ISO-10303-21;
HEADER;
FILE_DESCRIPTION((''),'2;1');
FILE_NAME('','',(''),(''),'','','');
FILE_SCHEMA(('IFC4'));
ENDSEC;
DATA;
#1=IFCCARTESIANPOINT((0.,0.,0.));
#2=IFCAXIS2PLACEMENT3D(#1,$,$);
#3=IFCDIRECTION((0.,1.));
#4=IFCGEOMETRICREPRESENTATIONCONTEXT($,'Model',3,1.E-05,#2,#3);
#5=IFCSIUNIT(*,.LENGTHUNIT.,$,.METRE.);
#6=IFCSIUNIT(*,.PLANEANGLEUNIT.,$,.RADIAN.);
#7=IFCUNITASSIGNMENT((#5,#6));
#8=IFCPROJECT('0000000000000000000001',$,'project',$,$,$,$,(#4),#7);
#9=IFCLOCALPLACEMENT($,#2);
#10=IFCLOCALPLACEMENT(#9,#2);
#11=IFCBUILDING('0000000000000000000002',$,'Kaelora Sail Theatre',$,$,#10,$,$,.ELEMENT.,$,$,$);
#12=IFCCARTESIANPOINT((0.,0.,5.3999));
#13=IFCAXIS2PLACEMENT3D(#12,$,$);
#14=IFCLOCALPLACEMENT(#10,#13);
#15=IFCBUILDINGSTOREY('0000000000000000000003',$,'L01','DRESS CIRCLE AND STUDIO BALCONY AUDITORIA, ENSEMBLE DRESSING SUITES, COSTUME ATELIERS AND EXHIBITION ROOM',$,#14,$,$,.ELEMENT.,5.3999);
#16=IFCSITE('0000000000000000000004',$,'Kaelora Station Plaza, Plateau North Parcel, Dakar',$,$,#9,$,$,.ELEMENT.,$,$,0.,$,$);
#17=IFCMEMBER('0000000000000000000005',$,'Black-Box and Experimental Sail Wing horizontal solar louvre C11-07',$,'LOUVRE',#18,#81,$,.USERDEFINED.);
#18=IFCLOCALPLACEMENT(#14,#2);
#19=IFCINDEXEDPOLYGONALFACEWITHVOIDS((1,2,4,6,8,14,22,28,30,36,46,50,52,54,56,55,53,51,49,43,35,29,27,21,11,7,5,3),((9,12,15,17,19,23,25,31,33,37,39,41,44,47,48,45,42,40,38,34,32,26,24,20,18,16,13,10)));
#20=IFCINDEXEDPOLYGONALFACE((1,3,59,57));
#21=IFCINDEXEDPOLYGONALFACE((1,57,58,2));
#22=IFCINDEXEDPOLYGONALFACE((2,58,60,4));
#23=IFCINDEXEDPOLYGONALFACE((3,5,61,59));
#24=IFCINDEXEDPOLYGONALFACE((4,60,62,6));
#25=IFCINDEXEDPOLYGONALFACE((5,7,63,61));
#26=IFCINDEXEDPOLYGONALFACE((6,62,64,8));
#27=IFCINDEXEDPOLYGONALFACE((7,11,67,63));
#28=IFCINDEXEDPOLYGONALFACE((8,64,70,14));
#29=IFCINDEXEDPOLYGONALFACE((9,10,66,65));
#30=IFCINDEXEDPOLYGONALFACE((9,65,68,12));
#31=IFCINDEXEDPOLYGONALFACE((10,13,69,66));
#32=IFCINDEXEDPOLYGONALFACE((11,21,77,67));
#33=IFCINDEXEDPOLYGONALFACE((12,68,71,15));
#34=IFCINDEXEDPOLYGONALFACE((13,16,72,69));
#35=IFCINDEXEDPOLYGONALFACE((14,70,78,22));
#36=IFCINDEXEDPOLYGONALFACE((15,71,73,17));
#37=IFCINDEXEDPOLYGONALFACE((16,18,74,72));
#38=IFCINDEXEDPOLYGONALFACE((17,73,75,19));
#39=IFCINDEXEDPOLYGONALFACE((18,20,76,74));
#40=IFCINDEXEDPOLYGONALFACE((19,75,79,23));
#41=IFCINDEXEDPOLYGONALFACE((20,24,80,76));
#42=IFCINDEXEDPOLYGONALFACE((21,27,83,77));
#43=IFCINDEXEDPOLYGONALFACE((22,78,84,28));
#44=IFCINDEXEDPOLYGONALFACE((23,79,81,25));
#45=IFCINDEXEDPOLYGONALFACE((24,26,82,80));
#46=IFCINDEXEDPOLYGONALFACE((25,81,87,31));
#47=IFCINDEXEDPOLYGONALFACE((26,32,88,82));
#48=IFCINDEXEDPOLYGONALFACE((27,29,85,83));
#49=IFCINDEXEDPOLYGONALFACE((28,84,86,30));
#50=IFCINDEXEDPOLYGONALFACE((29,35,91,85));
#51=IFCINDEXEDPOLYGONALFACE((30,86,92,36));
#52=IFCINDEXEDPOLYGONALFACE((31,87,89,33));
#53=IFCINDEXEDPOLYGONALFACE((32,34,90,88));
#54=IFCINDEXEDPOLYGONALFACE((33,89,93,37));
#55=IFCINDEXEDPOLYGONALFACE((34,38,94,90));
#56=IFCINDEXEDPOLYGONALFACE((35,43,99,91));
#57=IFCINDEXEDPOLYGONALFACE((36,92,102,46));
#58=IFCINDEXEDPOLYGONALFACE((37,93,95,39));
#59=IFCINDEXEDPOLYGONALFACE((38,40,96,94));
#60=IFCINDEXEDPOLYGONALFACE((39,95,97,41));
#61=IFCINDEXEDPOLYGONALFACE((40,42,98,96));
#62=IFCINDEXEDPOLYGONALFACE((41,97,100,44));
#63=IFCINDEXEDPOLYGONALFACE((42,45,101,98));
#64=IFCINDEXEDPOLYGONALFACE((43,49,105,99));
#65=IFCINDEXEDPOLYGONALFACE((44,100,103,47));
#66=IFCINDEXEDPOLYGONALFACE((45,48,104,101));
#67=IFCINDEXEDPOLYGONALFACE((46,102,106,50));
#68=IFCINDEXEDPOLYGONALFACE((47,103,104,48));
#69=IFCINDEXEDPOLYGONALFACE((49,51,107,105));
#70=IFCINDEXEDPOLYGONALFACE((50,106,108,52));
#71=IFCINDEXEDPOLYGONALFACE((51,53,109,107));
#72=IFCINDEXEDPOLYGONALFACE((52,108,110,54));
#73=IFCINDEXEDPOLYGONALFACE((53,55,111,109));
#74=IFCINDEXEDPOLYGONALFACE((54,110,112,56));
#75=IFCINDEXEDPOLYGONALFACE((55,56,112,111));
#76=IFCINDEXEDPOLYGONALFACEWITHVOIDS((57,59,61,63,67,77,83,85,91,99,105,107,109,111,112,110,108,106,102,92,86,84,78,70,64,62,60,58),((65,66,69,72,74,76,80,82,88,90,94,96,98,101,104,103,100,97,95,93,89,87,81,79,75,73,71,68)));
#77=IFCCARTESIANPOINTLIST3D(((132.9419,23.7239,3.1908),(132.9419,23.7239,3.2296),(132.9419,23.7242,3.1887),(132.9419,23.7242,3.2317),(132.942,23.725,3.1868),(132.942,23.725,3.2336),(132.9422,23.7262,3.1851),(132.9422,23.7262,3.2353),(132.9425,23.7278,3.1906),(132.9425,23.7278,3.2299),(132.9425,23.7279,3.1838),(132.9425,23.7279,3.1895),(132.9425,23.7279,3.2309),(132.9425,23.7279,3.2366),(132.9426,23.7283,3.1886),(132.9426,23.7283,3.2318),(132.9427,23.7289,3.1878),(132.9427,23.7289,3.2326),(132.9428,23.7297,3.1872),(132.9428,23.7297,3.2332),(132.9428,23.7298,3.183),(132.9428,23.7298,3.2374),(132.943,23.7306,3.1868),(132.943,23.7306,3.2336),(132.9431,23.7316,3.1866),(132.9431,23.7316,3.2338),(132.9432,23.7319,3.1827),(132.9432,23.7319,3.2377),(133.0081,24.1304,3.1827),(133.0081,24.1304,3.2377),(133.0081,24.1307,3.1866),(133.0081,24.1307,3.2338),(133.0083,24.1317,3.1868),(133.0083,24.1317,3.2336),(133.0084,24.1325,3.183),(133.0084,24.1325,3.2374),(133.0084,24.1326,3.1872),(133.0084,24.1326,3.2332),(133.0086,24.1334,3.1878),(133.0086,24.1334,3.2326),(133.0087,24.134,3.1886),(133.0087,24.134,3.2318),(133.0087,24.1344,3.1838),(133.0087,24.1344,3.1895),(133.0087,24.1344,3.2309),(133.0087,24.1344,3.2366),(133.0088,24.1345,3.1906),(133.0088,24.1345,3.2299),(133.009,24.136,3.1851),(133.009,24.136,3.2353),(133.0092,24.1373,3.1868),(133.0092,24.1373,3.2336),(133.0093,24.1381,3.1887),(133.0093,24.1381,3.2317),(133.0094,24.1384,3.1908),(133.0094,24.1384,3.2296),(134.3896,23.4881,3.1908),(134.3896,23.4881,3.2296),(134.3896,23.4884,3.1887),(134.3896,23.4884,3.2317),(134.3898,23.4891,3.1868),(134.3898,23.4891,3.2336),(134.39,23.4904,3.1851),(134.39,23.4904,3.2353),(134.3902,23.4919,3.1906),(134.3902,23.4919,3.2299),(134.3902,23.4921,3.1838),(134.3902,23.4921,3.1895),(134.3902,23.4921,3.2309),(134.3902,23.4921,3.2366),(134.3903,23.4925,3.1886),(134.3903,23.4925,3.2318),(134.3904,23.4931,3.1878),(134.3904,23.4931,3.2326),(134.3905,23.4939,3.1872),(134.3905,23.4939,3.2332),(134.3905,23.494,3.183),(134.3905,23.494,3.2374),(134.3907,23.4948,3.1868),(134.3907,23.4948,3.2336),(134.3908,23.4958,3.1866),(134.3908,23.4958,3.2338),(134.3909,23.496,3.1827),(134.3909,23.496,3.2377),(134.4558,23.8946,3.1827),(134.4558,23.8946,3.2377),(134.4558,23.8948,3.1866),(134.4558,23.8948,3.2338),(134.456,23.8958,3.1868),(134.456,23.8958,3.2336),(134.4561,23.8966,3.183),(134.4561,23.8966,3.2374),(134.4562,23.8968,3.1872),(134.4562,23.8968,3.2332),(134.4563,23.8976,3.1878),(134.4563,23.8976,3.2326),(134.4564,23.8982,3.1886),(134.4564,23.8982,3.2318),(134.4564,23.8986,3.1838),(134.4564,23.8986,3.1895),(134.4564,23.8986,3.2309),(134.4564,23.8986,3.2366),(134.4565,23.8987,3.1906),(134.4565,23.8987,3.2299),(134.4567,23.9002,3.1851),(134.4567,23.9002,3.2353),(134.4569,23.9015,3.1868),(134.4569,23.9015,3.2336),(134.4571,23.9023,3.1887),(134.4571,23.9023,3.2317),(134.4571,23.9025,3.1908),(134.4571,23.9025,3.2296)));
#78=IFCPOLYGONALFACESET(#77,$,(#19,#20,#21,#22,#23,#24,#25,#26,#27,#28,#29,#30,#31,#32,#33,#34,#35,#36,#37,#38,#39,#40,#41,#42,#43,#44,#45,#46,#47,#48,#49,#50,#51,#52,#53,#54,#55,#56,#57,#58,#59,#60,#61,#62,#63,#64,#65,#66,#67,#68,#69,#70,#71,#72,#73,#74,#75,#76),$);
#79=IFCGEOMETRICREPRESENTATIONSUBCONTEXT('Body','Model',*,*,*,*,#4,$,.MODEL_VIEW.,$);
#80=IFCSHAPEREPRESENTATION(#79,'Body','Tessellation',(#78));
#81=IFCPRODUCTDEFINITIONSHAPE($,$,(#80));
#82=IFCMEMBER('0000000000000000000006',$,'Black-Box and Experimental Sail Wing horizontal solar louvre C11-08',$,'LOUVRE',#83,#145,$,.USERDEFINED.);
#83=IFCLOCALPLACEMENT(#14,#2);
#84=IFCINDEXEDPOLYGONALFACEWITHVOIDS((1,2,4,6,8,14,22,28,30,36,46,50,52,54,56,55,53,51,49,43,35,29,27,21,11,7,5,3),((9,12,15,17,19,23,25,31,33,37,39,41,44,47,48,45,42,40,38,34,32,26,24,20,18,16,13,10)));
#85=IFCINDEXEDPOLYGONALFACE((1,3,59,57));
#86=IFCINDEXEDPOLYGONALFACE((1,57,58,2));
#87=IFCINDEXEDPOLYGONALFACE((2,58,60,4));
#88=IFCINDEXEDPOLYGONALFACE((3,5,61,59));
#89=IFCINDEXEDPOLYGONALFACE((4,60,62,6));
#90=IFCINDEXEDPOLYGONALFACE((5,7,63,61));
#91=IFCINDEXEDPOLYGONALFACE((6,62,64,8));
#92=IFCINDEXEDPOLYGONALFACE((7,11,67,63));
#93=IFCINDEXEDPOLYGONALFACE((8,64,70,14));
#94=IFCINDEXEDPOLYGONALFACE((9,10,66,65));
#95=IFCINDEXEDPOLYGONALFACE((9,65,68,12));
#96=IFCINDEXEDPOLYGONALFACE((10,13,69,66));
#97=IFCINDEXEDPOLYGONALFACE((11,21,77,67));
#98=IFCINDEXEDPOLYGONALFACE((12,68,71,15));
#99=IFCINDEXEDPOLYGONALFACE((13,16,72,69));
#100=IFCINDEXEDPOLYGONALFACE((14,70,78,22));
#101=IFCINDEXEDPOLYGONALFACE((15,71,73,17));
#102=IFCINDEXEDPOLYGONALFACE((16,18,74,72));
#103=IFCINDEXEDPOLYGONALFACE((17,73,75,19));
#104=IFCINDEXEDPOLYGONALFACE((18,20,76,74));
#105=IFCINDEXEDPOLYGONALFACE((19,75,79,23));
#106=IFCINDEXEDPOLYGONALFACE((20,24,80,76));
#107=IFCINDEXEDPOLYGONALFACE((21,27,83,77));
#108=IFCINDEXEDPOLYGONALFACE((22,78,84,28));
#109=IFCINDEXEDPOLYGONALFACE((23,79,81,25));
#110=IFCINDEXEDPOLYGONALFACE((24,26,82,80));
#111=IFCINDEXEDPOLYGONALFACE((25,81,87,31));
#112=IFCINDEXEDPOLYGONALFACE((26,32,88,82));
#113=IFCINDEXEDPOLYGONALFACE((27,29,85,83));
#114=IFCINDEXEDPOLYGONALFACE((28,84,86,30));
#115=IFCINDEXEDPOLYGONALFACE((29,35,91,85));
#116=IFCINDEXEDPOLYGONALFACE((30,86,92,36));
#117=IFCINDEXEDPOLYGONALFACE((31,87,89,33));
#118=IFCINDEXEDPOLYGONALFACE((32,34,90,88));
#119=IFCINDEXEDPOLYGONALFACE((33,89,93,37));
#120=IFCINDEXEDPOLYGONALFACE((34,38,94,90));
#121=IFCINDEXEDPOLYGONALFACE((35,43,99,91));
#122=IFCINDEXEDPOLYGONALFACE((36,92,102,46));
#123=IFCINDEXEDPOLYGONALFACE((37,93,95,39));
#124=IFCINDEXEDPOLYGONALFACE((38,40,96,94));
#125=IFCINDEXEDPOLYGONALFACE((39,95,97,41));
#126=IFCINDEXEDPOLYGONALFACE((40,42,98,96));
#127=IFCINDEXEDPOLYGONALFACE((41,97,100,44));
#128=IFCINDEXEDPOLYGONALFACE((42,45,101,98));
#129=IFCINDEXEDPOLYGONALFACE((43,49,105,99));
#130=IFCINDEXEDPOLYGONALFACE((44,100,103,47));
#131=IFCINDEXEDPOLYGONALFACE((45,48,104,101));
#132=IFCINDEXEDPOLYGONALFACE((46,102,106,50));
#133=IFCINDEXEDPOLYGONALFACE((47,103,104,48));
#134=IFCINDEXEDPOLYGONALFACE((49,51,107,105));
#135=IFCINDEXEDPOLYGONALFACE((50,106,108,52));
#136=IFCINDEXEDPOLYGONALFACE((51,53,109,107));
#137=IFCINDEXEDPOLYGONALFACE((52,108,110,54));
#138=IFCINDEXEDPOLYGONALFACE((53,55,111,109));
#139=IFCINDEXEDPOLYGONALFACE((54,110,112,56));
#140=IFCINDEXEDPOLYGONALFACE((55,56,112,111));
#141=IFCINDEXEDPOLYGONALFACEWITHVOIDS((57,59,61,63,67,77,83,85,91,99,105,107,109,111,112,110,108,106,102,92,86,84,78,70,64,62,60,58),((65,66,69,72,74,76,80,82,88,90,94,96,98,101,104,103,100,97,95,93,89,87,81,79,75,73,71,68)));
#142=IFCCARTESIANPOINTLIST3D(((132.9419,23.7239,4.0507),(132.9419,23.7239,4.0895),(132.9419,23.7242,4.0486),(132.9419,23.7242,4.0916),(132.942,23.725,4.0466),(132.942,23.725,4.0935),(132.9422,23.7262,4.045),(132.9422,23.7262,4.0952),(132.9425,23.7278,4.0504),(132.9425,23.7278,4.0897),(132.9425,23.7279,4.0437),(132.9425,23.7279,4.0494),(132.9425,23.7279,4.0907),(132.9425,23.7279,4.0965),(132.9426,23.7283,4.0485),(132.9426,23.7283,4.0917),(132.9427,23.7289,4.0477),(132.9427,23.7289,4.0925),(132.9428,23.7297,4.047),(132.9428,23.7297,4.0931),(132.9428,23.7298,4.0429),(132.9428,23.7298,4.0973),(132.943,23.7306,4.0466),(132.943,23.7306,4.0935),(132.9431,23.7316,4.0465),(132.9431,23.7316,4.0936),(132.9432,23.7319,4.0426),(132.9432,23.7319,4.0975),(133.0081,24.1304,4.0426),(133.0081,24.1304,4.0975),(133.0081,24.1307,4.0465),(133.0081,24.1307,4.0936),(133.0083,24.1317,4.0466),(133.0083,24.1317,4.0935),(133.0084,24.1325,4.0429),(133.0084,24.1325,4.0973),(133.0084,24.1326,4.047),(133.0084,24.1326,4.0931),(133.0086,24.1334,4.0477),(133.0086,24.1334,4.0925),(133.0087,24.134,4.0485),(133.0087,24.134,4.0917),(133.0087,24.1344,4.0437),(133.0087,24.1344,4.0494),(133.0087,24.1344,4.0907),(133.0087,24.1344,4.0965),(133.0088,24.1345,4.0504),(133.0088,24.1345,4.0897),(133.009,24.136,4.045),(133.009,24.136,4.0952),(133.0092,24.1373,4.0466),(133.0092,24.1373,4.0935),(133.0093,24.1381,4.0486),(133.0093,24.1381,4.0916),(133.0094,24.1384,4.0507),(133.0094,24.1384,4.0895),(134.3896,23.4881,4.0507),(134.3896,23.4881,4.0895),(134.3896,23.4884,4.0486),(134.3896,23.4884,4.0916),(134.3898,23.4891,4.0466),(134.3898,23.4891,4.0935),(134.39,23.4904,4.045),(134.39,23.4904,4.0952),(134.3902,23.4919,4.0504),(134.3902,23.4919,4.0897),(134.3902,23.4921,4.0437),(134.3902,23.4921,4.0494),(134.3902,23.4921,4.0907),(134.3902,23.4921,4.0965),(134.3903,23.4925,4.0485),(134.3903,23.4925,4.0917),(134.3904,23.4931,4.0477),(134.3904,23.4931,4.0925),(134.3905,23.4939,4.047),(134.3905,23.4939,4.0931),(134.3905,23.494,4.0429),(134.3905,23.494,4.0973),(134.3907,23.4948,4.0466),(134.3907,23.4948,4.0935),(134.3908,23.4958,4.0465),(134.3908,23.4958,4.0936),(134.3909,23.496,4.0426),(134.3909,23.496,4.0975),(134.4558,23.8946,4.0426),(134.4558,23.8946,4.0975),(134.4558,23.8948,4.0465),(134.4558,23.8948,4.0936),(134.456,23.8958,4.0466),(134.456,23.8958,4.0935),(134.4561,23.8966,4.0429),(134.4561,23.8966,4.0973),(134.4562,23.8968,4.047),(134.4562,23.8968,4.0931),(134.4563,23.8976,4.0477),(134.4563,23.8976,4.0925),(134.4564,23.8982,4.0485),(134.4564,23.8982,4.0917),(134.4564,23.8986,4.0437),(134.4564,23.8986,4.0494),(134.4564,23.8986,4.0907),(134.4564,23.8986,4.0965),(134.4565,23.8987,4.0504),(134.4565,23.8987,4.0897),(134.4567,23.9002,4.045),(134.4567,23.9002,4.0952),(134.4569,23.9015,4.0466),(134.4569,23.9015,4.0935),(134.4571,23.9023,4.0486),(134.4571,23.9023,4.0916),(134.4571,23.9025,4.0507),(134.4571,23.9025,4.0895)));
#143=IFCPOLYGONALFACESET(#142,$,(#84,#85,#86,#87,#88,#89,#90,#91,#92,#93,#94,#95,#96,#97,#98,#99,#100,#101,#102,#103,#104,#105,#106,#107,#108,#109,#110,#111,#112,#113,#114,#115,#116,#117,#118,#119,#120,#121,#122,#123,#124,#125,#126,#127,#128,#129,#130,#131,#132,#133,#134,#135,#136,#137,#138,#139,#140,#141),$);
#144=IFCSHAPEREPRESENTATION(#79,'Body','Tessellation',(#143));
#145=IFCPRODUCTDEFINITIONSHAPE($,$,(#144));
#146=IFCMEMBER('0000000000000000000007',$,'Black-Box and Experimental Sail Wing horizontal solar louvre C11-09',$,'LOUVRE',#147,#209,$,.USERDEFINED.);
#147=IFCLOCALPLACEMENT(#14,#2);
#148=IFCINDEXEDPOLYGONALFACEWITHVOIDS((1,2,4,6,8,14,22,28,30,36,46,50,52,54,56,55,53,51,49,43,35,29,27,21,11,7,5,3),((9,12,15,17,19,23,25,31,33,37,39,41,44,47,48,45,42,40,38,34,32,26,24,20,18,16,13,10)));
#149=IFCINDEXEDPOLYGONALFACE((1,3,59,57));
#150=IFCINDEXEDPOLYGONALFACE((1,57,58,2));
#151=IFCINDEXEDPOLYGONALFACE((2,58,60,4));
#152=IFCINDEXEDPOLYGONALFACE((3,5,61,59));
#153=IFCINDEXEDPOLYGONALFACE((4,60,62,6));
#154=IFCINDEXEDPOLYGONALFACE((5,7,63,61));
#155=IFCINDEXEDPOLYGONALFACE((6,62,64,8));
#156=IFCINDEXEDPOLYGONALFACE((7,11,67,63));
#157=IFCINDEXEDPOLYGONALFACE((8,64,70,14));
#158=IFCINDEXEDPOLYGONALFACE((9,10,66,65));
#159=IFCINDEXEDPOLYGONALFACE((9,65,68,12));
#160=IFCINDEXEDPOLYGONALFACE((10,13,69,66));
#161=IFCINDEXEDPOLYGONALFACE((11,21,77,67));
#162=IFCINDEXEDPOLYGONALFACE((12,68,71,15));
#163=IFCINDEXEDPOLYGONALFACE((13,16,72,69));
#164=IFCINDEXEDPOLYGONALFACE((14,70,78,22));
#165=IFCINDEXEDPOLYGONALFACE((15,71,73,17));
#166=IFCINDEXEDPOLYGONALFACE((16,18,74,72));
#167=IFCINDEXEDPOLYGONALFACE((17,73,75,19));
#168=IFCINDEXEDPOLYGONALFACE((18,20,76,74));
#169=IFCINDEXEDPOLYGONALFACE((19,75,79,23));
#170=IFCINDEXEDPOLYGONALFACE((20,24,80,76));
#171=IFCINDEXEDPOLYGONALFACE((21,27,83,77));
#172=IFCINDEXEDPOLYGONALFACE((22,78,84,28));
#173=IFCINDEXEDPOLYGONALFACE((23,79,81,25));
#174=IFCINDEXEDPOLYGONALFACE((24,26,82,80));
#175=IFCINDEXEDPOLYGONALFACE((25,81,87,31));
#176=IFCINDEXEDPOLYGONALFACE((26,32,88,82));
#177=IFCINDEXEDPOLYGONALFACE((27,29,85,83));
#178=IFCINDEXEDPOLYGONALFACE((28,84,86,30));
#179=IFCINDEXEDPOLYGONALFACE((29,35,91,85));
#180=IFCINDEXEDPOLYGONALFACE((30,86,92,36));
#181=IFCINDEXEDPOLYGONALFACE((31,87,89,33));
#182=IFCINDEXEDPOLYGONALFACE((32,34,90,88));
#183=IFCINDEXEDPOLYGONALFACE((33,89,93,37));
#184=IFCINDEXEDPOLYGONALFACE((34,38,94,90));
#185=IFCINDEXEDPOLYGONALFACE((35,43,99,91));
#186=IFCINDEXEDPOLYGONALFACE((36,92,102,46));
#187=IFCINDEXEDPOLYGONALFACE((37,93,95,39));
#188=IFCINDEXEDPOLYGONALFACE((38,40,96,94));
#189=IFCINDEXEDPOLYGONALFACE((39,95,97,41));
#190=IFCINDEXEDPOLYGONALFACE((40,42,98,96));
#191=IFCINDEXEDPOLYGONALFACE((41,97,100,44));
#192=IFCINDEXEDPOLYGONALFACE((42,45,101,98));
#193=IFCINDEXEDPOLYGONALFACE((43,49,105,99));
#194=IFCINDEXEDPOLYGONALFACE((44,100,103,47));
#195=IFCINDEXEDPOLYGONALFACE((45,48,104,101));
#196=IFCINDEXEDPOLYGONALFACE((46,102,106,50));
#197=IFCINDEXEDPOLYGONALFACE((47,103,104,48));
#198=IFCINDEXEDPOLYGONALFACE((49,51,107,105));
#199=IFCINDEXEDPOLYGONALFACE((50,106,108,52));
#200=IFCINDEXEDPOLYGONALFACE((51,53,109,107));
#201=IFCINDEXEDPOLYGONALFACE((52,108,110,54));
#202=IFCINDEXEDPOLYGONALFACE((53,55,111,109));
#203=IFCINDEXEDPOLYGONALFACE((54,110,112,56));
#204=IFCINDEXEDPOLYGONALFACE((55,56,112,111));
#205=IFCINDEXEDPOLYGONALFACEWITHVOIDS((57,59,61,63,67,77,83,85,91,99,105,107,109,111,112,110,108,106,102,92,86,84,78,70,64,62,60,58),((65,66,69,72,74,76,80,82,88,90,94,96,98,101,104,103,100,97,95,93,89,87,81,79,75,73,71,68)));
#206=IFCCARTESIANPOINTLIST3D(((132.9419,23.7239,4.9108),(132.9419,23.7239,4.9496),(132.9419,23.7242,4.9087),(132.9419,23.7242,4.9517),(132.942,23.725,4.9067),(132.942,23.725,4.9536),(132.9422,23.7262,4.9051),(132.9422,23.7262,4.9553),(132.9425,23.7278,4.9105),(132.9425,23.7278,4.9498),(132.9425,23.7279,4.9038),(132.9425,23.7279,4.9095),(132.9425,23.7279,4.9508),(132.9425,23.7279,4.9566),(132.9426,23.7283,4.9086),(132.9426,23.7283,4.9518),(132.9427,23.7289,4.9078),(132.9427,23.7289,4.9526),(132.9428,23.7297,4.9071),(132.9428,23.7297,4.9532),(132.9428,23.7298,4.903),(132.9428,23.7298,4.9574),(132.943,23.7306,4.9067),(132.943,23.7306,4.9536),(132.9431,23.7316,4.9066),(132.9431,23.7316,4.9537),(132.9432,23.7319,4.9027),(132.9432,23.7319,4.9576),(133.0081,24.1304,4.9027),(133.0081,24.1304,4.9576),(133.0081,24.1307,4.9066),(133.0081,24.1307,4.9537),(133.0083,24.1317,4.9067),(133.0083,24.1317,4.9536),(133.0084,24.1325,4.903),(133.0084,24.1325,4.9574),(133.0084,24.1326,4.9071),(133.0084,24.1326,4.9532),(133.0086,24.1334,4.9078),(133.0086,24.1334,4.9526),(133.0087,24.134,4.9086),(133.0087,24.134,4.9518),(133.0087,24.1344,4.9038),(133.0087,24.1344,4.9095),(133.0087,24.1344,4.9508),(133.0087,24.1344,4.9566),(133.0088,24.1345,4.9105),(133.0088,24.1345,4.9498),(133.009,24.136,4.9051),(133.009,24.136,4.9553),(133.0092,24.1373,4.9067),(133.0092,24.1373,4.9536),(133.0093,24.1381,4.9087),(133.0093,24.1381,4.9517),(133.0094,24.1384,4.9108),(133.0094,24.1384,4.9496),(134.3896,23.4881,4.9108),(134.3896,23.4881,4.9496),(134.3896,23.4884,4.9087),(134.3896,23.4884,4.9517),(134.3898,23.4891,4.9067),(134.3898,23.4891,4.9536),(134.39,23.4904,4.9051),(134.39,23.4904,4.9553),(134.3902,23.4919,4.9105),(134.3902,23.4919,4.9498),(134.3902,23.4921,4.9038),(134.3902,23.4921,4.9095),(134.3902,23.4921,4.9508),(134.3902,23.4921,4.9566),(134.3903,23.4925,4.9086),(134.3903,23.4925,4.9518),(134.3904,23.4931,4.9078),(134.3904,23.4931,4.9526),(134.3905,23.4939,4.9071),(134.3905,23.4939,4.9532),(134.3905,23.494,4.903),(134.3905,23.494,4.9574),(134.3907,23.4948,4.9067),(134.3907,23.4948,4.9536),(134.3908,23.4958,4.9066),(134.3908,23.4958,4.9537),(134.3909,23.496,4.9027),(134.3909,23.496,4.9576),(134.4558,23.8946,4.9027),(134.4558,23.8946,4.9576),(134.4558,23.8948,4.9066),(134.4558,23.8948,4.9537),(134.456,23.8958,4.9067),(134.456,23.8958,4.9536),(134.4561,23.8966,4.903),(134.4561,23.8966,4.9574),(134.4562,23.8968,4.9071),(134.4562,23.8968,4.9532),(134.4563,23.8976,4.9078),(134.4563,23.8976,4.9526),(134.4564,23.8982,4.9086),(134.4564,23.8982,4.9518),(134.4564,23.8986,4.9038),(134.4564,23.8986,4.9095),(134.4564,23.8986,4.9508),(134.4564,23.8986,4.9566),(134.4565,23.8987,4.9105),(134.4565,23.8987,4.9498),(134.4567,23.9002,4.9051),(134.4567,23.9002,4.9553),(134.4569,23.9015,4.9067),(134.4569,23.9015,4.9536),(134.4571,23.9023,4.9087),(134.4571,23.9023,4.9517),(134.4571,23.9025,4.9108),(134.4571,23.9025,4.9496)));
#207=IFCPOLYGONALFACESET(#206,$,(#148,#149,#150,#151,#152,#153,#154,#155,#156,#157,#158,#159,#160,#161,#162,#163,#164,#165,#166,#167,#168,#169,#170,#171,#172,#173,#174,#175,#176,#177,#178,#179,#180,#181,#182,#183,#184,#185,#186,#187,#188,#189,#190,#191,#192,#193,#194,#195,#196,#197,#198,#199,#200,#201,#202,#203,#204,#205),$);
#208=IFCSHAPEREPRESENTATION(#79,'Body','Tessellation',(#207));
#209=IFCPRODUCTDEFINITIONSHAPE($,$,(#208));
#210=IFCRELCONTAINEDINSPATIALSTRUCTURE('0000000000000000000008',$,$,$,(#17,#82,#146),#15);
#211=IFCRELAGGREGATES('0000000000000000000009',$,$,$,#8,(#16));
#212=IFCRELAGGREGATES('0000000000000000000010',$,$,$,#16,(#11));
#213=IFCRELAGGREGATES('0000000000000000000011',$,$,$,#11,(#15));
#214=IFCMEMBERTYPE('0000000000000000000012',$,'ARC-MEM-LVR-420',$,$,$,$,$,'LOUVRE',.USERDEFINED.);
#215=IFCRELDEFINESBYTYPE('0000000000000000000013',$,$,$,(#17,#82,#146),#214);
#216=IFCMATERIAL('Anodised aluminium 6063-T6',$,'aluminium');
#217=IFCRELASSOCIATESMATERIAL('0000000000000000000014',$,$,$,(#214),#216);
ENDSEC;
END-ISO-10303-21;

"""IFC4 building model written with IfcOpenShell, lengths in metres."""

from ifc_helpers import new_model, si_unit, direction, frame, origin, origin_2d, place, context, subcontext, project, spatial, hollow_rectangle, extrude, material, material_profile, profile_set, type_object, element, save


model = new_model("IFC4")

# Units and contexts
model_context = context("Model", 3, precision=1e-05, world=origin(), true_north=direction((0.0, 1.0)))
body_context = subcontext(model_context, "Body", "Model", "MODEL_VIEW")
ifc_project = project(units=[si_unit("LENGTHUNIT", "METRE"), si_unit("PLANEANGLEUNIT", "RADIAN")], contexts=[model_context])

# Site, building, storey
site_placement = place(None, origin())
site = spatial("IfcSite", under=ifc_project, at=site_placement, Name="Kaelora Station Plaza, Plateau North Parcel, Dakar", CompositionType="ELEMENT", RefElevation=0.0)
building_placement = place(site_placement, origin())
building = spatial("IfcBuilding", under=site, at=building_placement, Name="Kaelora Sail Theatre", CompositionType="ELEMENT")
storey_placement = place(building_placement, frame((0.0, 0.0, 5.3999)))
storey = spatial("IfcBuildingStorey", under=building, at=storey_placement, Name="L01", Description="DRESS CIRCLE AND STUDIO BALCONY AUDITORIA, ENSEMBLE DRESSING SUITES, COSTUME ATELIERS AND EXHIBITION ROOM", CompositionType="ELEMENT", Elevation=5.3999)

# Members
ifc_material_1 = material(Name="Anodised aluminium 6063-T6", Category="aluminium")
ifc_material_profile_1 = material_profile(ifc_material_1, hollow_rectangle(XDim=0.4199, YDim=0.0549, WallThickness=0.0039, InnerFilletRadius=0.0039, OuterFilletRadius=0.0081, at=origin_2d()), Name="LOUVRE 420x55x4")
ifc_profile_set_1 = profile_set([ifc_material_profile_1], Name="Anodised aluminium 6063-T6")
member_type = type_object("IfcMemberType", Name="ARC-MEM-LVR-420", ElementType="LOUVRE", PredefinedType="USERDEFINED", material=ifc_profile_set_1)
for number, where, z_axis, x_axis, name in (
    (1, (134.4233, 23.6953, 3.2102), (-0.98699, 0.160781, 0.0), (-0.160781, -0.98699, 0.0), "Black-Box and Experimental Sail Wing horizontal solar louvre C11-07"),
    (2, (134.4233, 23.6953, 4.0701), (-0.98699, 0.160781, 0.0), (-0.160781, -0.98699, 0.0), "Black-Box and Experimental Sail Wing horizontal solar louvre C11-08"),
    (3, (134.4233, 23.6953, 4.9302), (-0.98699, 0.160781, 0.0), (-0.160781, -0.98699, 0.0), "Black-Box and Experimental Sail Wing horizontal solar louvre C11-09"),
):
    element("IfcMember", number, at=place(storey_placement, frame(where, z_axis=z_axis, x_axis=x_axis)), inside=storey, type_object=member_type, Name=name, ObjectType="LOUVRE", PredefinedType="USERDEFINED", context=body_context, shape_type="SweptSolid", body=[
        extrude(hollow_rectangle(XDim=0.4199, YDim=0.0549, WallThickness=0.0039, InnerFilletRadius=0.0039, OuterFilletRadius=0.0081, at=origin_2d()), origin(), (0.0, 0.0, 1.0), 1.4668),
    ])

save(model, "model.ifc")
